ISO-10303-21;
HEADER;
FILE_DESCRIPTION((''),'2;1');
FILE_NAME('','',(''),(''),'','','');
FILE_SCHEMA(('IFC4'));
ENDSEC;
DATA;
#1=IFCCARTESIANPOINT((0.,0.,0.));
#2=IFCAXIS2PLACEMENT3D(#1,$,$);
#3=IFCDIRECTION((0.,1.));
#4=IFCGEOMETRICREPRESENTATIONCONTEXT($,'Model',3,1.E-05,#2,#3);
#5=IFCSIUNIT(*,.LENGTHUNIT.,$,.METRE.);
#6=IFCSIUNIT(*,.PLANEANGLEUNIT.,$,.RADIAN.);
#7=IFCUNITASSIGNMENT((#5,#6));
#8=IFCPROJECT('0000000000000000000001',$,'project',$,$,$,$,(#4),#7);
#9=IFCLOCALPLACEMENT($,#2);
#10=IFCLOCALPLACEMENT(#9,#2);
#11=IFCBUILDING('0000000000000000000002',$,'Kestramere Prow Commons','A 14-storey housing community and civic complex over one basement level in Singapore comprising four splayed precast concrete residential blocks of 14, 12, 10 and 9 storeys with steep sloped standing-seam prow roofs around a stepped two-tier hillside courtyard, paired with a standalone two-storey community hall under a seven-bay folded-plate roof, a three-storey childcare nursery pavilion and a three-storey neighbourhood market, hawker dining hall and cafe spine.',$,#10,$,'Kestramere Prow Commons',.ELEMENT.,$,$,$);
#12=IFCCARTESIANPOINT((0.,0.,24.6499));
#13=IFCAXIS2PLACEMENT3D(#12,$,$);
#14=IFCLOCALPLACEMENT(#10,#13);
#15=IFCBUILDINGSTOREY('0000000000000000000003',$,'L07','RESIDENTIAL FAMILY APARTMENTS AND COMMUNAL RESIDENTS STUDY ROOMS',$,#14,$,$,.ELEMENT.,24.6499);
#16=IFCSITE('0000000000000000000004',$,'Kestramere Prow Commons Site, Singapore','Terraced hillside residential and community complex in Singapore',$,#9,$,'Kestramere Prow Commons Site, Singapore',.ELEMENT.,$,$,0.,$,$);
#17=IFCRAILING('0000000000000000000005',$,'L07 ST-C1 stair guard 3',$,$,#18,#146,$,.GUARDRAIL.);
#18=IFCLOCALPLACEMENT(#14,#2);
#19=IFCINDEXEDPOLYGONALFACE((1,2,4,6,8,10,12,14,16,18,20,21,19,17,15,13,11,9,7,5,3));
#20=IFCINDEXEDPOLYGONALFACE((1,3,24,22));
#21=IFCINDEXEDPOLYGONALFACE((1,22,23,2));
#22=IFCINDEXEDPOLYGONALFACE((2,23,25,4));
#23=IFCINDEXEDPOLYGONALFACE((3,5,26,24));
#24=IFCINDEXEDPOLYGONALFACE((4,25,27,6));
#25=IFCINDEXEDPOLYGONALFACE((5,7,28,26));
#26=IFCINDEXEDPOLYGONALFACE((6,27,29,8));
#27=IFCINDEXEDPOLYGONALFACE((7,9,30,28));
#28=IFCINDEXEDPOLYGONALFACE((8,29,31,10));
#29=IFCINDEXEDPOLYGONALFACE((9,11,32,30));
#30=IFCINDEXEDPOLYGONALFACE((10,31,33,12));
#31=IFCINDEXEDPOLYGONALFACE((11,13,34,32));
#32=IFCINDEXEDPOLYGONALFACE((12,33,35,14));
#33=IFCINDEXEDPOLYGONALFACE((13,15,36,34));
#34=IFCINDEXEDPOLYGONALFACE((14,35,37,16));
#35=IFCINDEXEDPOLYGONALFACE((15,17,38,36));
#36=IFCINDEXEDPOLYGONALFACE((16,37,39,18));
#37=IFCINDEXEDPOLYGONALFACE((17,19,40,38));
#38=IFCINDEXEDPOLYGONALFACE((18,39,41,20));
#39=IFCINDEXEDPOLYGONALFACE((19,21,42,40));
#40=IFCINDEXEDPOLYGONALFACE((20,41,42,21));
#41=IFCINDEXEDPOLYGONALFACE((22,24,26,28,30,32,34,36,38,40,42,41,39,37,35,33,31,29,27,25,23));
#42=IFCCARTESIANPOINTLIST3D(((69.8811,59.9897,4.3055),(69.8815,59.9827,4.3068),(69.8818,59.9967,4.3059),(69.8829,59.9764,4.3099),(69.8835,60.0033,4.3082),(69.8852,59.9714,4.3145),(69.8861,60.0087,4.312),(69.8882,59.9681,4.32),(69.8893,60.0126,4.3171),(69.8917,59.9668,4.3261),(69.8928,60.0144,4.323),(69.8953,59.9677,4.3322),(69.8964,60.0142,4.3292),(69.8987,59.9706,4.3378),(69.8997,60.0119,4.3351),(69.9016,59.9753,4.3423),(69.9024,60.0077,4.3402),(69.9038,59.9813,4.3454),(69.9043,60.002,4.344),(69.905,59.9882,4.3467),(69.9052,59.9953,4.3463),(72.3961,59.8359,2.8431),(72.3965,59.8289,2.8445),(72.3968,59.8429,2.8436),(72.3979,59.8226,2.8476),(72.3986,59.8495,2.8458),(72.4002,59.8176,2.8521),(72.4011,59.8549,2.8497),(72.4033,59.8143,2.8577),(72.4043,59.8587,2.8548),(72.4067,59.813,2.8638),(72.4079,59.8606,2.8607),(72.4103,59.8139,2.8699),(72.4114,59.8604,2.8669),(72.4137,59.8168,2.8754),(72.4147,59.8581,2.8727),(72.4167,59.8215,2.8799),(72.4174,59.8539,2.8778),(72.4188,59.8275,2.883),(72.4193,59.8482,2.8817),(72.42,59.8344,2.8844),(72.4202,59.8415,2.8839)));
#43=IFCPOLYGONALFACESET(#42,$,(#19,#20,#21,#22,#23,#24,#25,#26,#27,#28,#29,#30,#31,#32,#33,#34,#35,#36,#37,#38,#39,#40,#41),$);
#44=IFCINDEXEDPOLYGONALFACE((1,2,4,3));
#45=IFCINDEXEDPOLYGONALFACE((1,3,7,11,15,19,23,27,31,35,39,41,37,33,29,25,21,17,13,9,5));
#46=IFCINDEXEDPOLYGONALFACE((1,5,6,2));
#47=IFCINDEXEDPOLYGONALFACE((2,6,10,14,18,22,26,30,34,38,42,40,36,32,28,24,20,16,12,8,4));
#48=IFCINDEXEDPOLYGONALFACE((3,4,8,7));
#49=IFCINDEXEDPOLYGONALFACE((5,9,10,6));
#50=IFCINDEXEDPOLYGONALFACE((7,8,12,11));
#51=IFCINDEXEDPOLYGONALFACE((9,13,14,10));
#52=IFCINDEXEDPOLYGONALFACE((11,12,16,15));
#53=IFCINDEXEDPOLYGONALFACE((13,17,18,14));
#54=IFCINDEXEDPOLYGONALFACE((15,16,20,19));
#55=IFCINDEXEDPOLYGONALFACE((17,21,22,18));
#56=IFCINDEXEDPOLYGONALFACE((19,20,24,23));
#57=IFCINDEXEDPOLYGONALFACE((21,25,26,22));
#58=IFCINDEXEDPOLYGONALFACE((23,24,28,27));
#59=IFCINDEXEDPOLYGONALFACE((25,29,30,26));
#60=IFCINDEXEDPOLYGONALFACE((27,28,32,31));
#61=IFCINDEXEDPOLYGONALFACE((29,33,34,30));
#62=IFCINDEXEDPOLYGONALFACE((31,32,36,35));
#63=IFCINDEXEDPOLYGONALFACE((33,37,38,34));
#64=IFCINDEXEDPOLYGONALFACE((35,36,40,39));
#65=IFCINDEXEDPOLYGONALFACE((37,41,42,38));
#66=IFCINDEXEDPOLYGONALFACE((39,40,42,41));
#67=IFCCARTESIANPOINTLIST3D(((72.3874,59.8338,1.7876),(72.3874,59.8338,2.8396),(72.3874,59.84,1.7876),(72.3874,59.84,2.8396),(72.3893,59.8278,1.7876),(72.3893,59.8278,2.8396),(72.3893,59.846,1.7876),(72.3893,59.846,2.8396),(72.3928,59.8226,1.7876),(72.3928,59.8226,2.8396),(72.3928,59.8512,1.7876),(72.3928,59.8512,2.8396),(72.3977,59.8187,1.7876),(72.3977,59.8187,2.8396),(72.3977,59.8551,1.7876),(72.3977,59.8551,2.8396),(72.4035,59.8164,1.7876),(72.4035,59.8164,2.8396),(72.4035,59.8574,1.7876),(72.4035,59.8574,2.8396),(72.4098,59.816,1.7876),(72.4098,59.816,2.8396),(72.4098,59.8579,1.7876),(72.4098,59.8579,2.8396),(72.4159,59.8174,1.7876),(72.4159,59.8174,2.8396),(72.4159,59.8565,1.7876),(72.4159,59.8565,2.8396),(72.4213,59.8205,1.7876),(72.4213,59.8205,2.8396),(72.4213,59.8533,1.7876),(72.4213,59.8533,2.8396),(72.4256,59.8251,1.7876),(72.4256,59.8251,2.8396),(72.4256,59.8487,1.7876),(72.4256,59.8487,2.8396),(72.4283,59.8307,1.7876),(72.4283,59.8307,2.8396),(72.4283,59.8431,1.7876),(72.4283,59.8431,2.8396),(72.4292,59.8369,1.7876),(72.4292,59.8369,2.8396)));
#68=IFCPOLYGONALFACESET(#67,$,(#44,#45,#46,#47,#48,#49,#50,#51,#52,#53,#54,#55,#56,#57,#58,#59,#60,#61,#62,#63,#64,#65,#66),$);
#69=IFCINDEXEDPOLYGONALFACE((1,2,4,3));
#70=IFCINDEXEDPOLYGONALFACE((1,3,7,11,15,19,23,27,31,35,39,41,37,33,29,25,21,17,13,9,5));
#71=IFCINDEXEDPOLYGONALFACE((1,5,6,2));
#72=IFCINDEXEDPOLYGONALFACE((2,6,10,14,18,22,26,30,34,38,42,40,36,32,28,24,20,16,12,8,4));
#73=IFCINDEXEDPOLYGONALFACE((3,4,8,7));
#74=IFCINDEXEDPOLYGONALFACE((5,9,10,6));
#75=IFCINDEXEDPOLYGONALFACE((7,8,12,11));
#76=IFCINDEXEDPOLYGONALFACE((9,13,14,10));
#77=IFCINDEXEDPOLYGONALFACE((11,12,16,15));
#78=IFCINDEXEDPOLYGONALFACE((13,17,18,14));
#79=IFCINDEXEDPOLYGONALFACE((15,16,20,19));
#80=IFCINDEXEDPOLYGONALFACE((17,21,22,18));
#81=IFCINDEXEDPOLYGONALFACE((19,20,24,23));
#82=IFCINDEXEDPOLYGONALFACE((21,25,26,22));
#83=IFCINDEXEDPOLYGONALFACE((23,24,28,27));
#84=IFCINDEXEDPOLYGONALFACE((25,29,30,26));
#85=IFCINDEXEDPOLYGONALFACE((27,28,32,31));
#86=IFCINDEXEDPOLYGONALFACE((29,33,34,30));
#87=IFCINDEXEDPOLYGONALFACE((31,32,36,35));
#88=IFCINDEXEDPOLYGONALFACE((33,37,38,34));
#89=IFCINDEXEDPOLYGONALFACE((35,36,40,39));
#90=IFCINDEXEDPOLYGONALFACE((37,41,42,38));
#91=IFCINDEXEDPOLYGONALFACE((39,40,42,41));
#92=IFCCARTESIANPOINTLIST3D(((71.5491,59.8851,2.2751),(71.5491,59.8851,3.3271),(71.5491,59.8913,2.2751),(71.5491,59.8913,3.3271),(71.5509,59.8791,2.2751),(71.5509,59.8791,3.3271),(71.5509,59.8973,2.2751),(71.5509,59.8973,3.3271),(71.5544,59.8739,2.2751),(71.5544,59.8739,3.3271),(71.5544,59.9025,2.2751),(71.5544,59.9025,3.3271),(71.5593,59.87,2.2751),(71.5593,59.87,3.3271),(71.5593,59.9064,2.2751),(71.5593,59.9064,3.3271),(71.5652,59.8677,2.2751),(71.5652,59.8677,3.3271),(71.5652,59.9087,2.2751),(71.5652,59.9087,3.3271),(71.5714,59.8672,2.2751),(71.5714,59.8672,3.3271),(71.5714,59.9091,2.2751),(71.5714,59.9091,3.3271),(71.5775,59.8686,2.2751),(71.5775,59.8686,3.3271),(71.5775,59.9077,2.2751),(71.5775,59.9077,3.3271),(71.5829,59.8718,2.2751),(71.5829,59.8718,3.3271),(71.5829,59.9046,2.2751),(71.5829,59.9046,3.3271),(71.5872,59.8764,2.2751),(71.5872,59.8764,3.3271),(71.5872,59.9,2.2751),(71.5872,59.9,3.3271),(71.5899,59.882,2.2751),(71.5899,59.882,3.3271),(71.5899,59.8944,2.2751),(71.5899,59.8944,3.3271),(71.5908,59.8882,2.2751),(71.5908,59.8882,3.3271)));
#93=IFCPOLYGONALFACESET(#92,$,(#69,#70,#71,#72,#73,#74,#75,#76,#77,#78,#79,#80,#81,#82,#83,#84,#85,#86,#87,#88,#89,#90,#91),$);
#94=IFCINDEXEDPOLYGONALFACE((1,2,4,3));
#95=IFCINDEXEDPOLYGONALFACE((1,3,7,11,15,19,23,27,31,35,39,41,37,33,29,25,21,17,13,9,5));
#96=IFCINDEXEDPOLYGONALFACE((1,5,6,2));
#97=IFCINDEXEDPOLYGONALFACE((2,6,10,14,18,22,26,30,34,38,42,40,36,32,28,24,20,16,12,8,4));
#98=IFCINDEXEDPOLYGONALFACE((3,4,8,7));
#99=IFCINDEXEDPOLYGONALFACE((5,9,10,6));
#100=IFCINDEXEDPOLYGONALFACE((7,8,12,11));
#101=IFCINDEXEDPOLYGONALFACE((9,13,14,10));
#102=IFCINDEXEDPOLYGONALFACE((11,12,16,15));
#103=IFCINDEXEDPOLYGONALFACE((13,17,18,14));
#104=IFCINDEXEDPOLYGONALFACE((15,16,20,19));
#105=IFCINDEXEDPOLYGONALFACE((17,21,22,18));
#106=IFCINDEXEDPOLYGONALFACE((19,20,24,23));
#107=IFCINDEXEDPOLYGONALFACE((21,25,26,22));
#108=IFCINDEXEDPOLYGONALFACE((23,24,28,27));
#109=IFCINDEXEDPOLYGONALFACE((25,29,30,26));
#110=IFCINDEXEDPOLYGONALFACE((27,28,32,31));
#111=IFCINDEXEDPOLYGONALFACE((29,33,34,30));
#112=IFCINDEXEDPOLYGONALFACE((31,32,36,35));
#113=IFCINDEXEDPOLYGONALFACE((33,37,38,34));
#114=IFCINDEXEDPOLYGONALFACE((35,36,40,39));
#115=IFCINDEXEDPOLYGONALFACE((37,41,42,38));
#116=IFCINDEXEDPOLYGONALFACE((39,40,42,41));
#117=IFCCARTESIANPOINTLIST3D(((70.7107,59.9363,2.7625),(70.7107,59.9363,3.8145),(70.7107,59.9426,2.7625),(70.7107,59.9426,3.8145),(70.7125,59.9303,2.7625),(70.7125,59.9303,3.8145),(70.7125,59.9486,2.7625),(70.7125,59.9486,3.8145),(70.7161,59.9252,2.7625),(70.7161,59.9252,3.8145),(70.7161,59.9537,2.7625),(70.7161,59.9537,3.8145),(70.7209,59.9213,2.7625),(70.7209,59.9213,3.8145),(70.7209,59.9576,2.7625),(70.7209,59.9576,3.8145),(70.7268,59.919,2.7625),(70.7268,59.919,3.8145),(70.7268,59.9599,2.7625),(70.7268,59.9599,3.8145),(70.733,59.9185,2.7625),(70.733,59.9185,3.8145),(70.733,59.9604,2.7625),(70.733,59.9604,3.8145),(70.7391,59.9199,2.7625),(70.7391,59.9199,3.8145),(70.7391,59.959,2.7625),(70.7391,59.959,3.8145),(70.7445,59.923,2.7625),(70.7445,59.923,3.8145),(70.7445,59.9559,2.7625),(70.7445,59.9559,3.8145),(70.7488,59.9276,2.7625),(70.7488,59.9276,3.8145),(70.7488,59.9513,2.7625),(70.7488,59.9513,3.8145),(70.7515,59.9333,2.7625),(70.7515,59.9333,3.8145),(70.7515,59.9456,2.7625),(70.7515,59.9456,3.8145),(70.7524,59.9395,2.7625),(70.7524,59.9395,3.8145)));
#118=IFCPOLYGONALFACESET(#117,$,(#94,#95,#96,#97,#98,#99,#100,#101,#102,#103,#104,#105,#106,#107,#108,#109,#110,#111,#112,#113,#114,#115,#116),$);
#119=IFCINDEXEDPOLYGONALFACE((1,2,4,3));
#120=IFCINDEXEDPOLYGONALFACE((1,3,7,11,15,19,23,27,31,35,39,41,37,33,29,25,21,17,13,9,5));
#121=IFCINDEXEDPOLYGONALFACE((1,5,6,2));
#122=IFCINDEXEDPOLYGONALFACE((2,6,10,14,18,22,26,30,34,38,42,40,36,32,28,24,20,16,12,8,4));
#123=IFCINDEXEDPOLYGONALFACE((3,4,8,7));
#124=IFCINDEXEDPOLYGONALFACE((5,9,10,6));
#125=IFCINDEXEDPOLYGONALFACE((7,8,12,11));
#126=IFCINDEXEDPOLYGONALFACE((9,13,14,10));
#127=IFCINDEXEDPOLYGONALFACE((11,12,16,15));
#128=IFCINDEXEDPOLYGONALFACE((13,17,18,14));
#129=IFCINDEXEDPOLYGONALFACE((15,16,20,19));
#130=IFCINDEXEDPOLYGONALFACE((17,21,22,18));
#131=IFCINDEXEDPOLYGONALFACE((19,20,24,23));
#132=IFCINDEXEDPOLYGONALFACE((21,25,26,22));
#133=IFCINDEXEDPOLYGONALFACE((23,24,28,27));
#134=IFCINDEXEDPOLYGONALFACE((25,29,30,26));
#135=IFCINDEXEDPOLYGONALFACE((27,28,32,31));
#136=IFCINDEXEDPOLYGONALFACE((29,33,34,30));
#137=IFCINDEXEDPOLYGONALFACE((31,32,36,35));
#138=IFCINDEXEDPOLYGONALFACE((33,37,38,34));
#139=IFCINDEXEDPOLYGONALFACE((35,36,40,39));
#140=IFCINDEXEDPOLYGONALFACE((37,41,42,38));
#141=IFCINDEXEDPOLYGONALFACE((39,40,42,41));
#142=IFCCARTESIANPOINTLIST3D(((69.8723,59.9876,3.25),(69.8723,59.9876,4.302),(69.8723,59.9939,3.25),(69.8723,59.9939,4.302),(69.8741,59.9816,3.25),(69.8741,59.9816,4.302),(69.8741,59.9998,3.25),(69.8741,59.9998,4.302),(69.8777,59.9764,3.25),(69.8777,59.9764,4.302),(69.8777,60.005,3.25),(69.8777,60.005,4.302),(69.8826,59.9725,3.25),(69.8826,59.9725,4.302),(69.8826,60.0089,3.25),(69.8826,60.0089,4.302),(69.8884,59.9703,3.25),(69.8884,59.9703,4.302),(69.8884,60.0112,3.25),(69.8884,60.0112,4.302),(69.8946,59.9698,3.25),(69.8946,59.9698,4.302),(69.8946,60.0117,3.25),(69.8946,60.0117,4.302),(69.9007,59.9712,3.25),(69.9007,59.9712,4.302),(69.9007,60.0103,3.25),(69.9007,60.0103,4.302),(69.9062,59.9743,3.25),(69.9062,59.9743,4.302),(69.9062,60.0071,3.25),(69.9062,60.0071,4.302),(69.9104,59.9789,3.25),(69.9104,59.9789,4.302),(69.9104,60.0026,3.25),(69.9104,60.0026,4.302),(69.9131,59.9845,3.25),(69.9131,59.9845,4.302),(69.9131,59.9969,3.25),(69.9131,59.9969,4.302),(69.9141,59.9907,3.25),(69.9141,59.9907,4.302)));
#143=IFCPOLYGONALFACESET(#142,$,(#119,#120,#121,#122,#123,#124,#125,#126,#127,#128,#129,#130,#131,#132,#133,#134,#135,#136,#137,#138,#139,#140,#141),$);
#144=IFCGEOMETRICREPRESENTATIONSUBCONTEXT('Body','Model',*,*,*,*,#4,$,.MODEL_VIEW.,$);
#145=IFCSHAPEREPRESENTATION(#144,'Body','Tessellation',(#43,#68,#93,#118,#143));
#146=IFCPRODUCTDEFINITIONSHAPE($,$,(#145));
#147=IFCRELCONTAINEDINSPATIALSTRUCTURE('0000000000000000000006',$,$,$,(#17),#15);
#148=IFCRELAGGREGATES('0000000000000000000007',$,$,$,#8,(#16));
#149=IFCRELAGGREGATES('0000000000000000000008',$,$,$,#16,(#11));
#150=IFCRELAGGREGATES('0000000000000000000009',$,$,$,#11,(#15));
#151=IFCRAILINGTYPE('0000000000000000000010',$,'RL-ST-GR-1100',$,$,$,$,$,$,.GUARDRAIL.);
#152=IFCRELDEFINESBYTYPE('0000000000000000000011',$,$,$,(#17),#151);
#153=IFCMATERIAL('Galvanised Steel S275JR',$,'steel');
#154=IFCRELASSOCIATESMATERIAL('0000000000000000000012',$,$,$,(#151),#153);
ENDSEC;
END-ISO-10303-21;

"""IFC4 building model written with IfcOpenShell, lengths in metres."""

from ifc_helpers import new_model, si_unit, direction, frame, origin, origin_2d, place, context, subcontext, project, spatial, circle, extrude, material, type_object, element, save


model = new_model("IFC4")

# Units and contexts
model_context = context("Model", 3, precision=1e-05, world=origin(), true_north=direction((0.0, 1.0)))
body_context = subcontext(model_context, "Body", "Model", "MODEL_VIEW")
ifc_project = project(units=[si_unit("LENGTHUNIT", "METRE"), si_unit("PLANEANGLEUNIT", "RADIAN")], contexts=[model_context])

# Site, building, storey
site_placement = place(None, origin())
site = spatial("IfcSite", under=ifc_project, at=site_placement, Name="Kestramere Prow Commons Site, Singapore", Description="Terraced hillside residential and community complex in Singapore", LongName="Kestramere Prow Commons Site, Singapore", CompositionType="ELEMENT", RefElevation=0.0)
building_placement = place(site_placement, origin())
building = spatial("IfcBuilding", under=site, at=building_placement, Name="Kestramere Prow Commons", Description="A 14-storey housing community and civic complex over one basement level in Singapore comprising four splayed precast concrete residential blocks of 14, 12, 10 and 9 storeys with steep sloped standing-seam prow roofs around a stepped two-tier hillside courtyard, paired with a standalone two-storey community hall under a seven-bay folded-plate roof, a three-storey childcare nursery pavilion and a three-storey neighbourhood market, hawker dining hall and cafe spine.", LongName="Kestramere Prow Commons", CompositionType="ELEMENT")
storey_placement = place(building_placement, frame((0.0, 0.0, 24.6499)))
storey = spatial("IfcBuildingStorey", under=building, at=storey_placement, Name="L07", Description="RESIDENTIAL FAMILY APARTMENTS AND COMMUNAL RESIDENTS STUDY ROOMS", CompositionType="ELEMENT", Elevation=24.6499)

# Railing
ifc_material_1 = material(Name="Galvanised Steel S275JR", Category="steel")
railing_type_1 = type_object("IfcRailingType", Name="RL-ST-GR-1100", PredefinedType="GUARDRAIL", material=ifc_material_1)
railing_1_placement = place(storey_placement, frame((72.4082, 59.8369, 1.7876)))
element("IfcRailing", 1, at=railing_1_placement, inside=storey, type_object=railing_type_1, Name="L07 ST-C1 stair guard 3", PredefinedType="GUARDRAIL", context=body_context, shape_type="SweptSolid", body=[
    extrude(circle(Radius=0.0239, at=origin_2d()), frame((0.0, 0.0, 1.0762), z_axis=(-0.863285, 0.052793, 0.501949), x_axis=(-0.061039, -0.998135, 0.0)), (0.0, 0.0, 1.0), 2.9133),
    extrude(circle(Radius=0.021, at=origin_2d()), origin(), (0.0, 0.0, 1.0), 1.052),
    extrude(circle(Radius=0.021, at=origin_2d()), frame((-0.8384, 0.0513, 0.4875)), (0.0, 0.0, 1.0), 1.052),
    extrude(circle(Radius=0.021, at=origin_2d()), frame((-1.6768, 0.1025, 0.9749)), (0.0, 0.0, 1.0), 1.052),
    extrude(circle(Radius=0.021, at=origin_2d()), frame((-2.5151, 0.1538, 1.4624)), (0.0, 0.0, 1.0), 1.052),
])

save(model, "model.ifc")
